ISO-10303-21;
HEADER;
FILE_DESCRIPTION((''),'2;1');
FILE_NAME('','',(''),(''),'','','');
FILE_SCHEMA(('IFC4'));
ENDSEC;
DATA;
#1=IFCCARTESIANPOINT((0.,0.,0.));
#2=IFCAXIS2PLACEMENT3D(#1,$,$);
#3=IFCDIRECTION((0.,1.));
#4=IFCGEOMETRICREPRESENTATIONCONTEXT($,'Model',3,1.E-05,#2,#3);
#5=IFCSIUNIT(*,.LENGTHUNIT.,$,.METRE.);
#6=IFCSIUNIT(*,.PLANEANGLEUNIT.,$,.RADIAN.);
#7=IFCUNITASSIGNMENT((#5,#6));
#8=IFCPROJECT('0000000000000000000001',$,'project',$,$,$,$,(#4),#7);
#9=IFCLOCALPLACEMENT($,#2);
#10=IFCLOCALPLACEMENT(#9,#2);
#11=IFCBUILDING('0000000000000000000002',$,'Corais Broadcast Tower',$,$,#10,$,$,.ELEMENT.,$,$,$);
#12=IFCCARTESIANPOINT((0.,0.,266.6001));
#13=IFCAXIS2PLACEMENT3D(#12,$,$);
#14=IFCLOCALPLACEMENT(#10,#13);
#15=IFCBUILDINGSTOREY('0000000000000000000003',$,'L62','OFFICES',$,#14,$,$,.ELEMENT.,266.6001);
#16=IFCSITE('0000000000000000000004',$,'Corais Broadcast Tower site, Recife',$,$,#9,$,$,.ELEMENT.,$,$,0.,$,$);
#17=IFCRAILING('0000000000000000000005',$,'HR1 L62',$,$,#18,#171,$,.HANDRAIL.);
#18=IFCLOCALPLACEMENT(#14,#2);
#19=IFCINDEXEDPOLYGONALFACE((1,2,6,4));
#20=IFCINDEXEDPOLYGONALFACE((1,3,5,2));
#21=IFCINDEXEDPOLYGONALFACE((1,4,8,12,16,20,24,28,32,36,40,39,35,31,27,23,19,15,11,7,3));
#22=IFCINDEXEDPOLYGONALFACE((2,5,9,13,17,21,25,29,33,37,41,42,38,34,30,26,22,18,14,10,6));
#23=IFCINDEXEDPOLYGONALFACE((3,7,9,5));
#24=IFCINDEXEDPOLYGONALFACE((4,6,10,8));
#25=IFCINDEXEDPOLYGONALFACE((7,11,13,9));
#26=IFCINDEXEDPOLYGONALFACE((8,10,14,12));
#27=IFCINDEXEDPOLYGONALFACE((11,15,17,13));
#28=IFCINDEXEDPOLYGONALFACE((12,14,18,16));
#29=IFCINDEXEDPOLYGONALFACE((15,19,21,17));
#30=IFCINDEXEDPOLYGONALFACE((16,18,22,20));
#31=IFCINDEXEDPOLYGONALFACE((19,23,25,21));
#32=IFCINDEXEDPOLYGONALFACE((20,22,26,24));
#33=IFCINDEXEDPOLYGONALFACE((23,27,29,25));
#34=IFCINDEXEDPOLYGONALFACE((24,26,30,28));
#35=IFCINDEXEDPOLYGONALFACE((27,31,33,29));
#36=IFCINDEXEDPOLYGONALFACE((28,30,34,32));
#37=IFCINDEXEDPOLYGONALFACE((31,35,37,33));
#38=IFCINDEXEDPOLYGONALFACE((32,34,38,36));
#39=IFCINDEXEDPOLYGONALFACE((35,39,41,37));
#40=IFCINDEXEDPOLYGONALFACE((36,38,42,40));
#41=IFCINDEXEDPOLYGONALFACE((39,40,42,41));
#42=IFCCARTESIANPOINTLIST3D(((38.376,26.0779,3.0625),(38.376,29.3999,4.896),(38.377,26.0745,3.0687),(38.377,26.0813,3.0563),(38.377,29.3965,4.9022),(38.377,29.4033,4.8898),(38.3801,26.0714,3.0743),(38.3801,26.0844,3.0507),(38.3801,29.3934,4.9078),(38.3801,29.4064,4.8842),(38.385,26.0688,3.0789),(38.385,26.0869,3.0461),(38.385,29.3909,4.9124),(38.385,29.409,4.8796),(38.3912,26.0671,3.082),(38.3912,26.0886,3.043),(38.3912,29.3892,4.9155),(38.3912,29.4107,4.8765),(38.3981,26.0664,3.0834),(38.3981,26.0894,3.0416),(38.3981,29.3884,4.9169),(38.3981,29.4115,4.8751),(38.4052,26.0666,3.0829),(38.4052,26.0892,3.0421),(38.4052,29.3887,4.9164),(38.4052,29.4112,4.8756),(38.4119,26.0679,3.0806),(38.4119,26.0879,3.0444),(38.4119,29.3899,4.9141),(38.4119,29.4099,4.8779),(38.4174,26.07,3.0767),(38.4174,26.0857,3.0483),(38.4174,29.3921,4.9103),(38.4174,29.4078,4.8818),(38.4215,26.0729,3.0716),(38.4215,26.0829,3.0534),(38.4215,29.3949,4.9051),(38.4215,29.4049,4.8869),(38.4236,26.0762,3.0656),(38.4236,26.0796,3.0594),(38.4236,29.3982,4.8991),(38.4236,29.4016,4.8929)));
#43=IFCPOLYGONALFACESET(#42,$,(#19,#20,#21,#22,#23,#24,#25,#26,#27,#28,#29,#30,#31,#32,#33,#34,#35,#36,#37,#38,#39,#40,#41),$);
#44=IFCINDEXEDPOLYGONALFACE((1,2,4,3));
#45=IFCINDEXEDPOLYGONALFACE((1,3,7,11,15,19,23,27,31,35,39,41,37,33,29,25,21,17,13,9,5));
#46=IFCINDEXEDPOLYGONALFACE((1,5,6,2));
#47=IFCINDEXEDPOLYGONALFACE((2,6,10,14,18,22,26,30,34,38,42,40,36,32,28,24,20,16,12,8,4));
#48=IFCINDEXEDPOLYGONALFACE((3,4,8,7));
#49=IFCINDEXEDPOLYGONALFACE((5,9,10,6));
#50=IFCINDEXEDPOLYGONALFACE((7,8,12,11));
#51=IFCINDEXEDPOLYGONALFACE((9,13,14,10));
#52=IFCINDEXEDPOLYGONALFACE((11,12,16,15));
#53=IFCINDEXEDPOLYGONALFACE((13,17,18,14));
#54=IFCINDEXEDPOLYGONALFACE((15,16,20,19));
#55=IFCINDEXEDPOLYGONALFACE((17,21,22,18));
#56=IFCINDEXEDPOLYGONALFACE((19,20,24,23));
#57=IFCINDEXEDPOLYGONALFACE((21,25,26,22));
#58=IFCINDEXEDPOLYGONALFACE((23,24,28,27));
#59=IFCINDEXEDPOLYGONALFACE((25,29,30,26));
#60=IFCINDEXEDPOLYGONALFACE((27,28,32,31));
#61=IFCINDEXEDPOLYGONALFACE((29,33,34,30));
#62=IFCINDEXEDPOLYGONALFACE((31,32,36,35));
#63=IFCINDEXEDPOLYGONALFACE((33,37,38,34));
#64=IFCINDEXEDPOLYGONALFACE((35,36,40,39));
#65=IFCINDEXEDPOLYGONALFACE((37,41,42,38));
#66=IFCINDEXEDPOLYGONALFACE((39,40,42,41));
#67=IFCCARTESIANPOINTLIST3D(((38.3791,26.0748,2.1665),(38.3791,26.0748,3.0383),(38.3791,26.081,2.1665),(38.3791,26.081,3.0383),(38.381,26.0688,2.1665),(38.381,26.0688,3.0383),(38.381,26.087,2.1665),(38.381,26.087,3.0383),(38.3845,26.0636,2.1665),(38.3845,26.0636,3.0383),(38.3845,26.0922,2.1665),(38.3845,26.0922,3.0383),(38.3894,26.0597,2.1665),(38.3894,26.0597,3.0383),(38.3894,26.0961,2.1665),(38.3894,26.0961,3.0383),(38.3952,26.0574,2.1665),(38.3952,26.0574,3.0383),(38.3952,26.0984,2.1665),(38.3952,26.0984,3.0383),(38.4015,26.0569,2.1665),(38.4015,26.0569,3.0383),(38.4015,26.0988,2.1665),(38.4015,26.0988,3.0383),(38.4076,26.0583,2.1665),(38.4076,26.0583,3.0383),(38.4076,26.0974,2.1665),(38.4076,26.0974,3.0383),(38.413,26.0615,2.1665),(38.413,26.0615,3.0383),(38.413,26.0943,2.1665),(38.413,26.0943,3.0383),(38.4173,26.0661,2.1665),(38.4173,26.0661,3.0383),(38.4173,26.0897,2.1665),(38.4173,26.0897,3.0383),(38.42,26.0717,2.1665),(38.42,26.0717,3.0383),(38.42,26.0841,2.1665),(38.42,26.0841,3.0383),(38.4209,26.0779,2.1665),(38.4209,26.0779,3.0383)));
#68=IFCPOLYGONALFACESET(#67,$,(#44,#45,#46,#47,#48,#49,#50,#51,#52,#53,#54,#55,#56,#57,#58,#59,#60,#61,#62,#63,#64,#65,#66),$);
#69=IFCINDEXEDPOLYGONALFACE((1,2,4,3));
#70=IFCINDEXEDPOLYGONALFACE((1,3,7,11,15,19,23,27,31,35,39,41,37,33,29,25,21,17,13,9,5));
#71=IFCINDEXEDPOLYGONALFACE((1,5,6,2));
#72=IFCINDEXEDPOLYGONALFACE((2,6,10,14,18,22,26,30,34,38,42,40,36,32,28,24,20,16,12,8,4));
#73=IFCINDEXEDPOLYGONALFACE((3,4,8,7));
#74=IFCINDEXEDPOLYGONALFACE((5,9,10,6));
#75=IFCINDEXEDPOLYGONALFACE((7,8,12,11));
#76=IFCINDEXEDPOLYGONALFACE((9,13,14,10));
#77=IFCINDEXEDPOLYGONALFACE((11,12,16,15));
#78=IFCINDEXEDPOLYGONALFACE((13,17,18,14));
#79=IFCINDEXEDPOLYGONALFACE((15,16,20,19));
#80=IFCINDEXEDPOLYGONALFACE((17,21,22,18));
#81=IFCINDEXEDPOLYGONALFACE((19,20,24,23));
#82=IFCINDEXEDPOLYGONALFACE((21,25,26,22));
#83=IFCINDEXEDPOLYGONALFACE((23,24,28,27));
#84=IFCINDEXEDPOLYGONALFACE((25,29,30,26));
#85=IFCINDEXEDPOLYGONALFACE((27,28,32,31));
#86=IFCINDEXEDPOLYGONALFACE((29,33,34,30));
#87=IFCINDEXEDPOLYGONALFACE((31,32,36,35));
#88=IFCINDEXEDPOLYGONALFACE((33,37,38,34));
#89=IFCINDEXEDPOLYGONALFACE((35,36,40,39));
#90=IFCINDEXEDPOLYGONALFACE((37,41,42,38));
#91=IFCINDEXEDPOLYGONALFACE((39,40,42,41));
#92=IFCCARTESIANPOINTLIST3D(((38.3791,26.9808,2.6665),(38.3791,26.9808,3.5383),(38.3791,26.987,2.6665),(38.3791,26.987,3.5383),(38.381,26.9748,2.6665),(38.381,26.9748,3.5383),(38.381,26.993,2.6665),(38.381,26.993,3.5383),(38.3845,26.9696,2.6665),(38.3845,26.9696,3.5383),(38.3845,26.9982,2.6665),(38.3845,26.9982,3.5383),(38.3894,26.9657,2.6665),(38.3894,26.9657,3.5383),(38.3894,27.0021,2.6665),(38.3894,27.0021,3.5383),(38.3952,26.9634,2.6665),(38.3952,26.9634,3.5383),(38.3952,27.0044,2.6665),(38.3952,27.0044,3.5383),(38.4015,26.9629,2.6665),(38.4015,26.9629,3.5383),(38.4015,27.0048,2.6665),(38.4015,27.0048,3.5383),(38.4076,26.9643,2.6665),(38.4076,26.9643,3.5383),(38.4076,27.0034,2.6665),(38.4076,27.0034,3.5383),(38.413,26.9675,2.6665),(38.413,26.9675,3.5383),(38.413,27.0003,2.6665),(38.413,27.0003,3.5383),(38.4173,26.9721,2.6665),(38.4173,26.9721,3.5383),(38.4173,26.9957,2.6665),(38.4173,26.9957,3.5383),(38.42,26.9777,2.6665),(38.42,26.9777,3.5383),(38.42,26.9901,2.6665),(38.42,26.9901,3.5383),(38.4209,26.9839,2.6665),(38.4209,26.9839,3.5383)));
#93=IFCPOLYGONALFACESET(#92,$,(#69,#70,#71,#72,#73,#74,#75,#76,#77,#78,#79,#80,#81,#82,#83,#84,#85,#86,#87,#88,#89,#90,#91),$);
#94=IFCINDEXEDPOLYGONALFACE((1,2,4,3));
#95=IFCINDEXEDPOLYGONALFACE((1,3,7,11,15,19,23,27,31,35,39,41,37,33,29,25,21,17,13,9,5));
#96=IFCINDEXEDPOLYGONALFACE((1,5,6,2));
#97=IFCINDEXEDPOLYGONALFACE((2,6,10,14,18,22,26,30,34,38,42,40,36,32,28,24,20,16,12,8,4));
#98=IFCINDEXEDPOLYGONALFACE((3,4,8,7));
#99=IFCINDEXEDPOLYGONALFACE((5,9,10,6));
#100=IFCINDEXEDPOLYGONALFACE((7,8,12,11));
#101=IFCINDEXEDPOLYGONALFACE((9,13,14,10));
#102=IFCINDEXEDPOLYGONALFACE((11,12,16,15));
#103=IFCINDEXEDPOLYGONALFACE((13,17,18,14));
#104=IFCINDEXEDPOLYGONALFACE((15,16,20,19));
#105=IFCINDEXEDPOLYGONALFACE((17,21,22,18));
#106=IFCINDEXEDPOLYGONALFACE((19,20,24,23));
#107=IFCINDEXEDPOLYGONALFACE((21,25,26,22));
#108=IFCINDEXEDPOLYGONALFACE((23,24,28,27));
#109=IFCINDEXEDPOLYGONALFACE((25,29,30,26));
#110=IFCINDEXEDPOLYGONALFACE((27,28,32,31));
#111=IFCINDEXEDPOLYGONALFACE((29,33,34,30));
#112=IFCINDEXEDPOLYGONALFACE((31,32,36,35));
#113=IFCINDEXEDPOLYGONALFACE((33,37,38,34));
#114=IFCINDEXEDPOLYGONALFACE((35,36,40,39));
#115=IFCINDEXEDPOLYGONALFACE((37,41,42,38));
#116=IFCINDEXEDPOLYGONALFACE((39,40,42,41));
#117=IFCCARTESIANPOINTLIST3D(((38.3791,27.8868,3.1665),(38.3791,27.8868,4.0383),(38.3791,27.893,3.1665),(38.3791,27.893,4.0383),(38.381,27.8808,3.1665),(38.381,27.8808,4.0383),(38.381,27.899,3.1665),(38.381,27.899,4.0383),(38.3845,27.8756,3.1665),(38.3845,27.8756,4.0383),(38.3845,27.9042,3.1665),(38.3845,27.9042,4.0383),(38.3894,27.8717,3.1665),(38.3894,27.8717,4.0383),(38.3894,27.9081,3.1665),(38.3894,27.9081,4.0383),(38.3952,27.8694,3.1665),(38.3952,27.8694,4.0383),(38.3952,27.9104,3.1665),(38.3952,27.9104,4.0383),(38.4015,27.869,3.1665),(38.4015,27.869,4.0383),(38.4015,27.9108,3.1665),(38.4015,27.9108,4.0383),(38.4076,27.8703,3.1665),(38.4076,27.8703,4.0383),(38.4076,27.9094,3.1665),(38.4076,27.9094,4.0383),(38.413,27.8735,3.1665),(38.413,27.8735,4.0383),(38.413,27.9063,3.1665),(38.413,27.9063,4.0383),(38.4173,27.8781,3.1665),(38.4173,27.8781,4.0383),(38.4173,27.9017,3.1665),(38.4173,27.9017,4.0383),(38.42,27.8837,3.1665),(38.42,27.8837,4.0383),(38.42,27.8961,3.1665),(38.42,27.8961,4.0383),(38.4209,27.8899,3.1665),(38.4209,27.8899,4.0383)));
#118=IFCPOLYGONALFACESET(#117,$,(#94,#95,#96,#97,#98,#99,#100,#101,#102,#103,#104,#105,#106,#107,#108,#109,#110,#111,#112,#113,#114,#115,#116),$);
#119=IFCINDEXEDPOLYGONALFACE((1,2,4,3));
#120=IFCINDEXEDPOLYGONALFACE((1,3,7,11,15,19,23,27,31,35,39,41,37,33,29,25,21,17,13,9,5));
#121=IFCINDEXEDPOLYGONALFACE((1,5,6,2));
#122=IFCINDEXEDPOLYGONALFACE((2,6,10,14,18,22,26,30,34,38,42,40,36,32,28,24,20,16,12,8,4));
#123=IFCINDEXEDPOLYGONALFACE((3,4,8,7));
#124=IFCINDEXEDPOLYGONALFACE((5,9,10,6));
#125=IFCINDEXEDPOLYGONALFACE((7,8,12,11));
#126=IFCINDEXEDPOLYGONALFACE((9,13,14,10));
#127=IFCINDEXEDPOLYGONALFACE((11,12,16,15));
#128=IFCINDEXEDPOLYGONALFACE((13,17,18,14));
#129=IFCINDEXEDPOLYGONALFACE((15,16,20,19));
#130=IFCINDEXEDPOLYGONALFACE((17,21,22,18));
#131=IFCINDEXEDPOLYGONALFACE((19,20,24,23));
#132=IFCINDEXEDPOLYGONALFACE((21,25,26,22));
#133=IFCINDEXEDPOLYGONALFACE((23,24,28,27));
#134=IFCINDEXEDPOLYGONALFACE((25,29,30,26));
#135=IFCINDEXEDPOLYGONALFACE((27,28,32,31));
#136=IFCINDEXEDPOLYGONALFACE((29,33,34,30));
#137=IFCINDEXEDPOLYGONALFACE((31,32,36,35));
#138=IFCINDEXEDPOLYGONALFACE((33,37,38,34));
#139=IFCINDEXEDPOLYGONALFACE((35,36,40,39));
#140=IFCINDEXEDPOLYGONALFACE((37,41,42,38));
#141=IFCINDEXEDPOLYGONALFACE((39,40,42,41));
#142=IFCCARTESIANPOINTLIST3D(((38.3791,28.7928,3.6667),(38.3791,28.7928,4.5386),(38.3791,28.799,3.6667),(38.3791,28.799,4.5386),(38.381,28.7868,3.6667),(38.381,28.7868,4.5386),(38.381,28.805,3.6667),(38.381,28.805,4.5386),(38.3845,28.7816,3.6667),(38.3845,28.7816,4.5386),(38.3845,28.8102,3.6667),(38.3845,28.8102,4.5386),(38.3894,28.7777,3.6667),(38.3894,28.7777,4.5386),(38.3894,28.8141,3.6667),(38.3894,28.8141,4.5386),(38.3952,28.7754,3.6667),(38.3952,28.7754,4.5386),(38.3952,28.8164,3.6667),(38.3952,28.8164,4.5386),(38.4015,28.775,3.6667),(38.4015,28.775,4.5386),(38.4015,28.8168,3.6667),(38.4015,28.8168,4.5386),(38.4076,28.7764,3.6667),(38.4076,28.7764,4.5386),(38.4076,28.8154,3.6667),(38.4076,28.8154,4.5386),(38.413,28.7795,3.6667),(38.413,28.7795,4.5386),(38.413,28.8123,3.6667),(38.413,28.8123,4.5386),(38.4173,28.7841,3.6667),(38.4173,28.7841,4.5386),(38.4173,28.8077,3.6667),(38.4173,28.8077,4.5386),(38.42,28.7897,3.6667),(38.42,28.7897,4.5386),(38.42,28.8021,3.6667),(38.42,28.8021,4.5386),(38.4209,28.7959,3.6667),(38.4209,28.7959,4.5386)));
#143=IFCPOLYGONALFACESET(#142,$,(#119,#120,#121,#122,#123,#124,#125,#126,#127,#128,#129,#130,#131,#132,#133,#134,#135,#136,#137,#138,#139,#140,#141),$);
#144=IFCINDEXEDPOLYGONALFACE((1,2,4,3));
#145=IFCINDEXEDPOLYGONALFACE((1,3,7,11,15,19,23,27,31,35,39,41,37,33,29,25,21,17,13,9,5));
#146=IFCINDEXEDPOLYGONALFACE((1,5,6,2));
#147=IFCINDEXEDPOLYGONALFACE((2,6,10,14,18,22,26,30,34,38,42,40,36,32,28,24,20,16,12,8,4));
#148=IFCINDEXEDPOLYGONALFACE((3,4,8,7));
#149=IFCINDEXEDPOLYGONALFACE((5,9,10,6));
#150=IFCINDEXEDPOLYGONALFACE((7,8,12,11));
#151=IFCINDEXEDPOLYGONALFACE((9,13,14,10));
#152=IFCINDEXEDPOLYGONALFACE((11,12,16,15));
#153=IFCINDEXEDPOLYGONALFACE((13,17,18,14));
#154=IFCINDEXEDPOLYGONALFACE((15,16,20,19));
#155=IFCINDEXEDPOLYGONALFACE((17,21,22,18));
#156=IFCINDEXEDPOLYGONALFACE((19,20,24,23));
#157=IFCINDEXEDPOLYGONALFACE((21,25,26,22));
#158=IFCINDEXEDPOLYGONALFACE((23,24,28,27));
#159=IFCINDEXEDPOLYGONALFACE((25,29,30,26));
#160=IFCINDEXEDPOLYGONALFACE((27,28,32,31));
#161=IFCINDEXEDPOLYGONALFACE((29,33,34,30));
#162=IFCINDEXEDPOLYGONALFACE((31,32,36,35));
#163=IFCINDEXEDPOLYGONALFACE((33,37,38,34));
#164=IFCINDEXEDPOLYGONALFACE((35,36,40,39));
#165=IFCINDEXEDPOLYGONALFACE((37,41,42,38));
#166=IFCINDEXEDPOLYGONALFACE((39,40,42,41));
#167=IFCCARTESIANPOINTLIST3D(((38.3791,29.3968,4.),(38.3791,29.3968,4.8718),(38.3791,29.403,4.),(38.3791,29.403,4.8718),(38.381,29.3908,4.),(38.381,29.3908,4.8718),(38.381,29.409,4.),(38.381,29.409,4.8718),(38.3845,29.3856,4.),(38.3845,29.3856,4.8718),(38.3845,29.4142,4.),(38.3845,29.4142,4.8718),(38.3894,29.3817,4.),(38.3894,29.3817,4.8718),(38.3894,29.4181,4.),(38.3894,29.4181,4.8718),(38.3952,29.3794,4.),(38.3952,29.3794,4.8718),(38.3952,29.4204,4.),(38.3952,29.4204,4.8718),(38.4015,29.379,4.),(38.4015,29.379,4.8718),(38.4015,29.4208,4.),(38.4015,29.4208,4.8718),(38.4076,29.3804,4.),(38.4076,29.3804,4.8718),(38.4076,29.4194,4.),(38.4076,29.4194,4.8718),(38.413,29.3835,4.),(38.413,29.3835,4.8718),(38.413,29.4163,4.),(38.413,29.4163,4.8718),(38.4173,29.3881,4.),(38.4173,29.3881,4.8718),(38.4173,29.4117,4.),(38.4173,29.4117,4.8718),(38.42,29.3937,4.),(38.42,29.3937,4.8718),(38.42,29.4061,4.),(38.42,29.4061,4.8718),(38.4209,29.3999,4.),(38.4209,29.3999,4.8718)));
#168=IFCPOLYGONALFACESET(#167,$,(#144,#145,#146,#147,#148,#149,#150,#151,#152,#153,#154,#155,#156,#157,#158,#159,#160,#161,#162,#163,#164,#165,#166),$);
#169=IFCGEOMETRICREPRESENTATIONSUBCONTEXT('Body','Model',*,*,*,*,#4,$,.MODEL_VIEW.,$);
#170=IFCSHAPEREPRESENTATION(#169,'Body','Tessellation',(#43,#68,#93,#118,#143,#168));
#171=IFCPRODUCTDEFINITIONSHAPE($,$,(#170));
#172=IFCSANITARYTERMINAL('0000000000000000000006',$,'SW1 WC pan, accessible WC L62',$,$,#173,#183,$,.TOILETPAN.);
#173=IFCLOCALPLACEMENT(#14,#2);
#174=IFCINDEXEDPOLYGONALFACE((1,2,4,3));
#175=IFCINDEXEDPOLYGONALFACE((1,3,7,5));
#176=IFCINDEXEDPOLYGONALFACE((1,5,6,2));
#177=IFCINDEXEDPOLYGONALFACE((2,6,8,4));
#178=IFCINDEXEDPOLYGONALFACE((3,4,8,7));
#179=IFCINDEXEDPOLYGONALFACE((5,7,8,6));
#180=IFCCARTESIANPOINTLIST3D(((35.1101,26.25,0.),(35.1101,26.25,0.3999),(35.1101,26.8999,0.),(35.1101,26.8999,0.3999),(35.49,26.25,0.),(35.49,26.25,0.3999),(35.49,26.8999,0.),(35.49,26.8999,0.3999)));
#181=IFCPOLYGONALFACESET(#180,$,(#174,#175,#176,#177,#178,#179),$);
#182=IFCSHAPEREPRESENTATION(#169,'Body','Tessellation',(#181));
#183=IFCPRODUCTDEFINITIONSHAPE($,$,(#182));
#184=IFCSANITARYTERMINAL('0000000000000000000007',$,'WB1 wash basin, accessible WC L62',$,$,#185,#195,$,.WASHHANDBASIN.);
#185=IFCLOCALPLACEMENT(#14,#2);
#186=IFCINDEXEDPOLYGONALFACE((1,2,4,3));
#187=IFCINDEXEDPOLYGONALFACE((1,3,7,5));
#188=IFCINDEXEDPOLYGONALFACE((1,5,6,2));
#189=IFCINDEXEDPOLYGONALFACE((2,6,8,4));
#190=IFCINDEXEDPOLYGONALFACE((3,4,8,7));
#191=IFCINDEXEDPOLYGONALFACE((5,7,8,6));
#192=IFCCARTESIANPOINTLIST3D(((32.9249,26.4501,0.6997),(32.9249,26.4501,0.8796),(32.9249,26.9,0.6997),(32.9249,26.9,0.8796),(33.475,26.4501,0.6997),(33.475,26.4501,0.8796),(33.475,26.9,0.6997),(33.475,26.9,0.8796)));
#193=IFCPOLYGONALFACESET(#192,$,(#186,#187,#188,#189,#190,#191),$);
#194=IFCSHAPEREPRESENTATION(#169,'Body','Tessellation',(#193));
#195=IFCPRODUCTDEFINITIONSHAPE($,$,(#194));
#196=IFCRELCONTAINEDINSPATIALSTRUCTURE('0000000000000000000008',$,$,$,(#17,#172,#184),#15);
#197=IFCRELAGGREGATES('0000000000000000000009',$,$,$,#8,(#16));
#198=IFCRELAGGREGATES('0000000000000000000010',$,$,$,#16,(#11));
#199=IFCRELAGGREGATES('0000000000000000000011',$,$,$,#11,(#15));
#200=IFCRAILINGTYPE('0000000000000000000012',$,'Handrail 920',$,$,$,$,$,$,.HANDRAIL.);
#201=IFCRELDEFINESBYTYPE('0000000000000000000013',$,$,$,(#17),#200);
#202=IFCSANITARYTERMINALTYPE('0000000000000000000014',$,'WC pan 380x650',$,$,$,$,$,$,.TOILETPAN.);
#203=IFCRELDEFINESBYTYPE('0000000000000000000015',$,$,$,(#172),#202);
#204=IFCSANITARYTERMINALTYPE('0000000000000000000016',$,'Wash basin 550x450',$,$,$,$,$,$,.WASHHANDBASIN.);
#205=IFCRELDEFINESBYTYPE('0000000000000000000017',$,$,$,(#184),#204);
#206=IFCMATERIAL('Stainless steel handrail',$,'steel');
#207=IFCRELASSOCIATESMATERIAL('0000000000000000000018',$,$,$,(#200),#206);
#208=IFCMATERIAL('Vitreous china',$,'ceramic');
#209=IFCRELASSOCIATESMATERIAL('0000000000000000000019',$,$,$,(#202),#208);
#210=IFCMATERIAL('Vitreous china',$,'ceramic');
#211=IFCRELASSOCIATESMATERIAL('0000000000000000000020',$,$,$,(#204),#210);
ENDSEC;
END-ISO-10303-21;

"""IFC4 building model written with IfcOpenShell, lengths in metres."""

from ifc_helpers import new_model, si_unit, direction, frame, origin, origin_2d, place, context, subcontext, project, spatial, rectangle, circle, extrude, material, type_object, element, save


model = new_model("IFC4")

# Units and contexts
model_context = context("Model", 3, precision=1e-05, world=origin(), true_north=direction((0.0, 1.0)))
body_context = subcontext(model_context, "Body", "Model", "MODEL_VIEW")
ifc_project = project(units=[si_unit("LENGTHUNIT", "METRE"), si_unit("PLANEANGLEUNIT", "RADIAN")], contexts=[model_context])

# Site, building, storey
site_placement = place(None, origin())
site = spatial("IfcSite", under=ifc_project, at=site_placement, Name="Corais Broadcast Tower site, Recife", CompositionType="ELEMENT", RefElevation=0.0)
building_placement = place(site_placement, origin())
building = spatial("IfcBuilding", under=site, at=building_placement, Name="Corais Broadcast Tower", CompositionType="ELEMENT")
storey_placement = place(building_placement, frame((0.0, 0.0, 266.6001)))
storey = spatial("IfcBuildingStorey", under=building, at=storey_placement, Name="L62", Description="OFFICES", CompositionType="ELEMENT", Elevation=266.6001)

# Railing
ifc_material_1 = material(Name="Stainless steel handrail", Category="steel")
railing_type = type_object("IfcRailingType", Name="Handrail 920", PredefinedType="HANDRAIL", material=ifc_material_1)
for number, where, name in (
    (1, (38.3999, 26.0779, 2.1665), "HR1 L62"),
):
    element("IfcRailing", number, at=place(storey_placement, frame(where)), inside=storey, type_object=railing_type, Name=name, PredefinedType="HANDRAIL", context=body_context, shape_type="SweptSolid", body=[
        extrude(circle(Radius=0.0239, at=origin_2d()), frame((0.0, 0.0, 0.896), z_axis=(0.0, 0.875504, 0.48321), x_axis=(-1.0, 0.0, 0.0)), (0.0, 0.0, 1.0), 3.7944),
        extrude(circle(Radius=0.021, at=origin_2d()), origin(), (0.0, 0.0, 1.0), 0.8718),
        extrude(circle(Radius=0.021, at=origin_2d()), frame((0.0, 0.906, 0.5)), (0.0, 0.0, 1.0), 0.8718),
        extrude(circle(Radius=0.021, at=origin_2d()), frame((0.0, 1.812, 1.0)), (0.0, 0.0, 1.0), 0.8718),
        extrude(circle(Radius=0.021, at=origin_2d()), frame((0.0, 2.718, 1.5002)), (0.0, 0.0, 1.0), 0.8718),
        extrude(circle(Radius=0.021, at=origin_2d()), frame((0.0, 3.322, 1.8335)), (0.0, 0.0, 1.0), 0.8718),
    ])

# Sanitary terminals
ifc_material_2 = material(Name="Vitreous china", Category="ceramic")
sanitary_terminal_type_1 = type_object("IfcSanitaryTerminalType", Name="WC pan 380x650", PredefinedType="TOILETPAN", material=ifc_material_2)
sanitary_terminal_1_placement = place(storey_placement, frame((35.3, 26.575, 0.0), z_axis=(0.0, 0.0, 1.0), x_axis=(1.0, 0.0, 0.0)))
element("IfcSanitaryTerminal", 2, at=sanitary_terminal_1_placement, inside=storey, type_object=sanitary_terminal_type_1, Name="SW1 WC pan, accessible WC L62", PredefinedType="TOILETPAN", context=body_context, shape_type="SweptSolid", body=[
    extrude(rectangle(XDim=0.3799, YDim=0.6499, at=origin_2d()), origin(), (0.0, 0.0, 1.0), 0.3999),
])
ifc_material_3 = material(Name="Vitreous china", Category="ceramic")
sanitary_terminal_type_2 = type_object("IfcSanitaryTerminalType", Name="Wash basin 550x450", PredefinedType="WASHHANDBASIN", material=ifc_material_3)
sanitary_terminal_2_placement = place(storey_placement, frame((33.2, 26.675, 0.6997), z_axis=(0.0, 0.0, 1.0), x_axis=(1.0, 0.0, 0.0)))
element("IfcSanitaryTerminal", 3, at=sanitary_terminal_2_placement, inside=storey, type_object=sanitary_terminal_type_2, Name="WB1 wash basin, accessible WC L62", PredefinedType="WASHHANDBASIN", context=body_context, shape_type="SweptSolid", body=[
    extrude(rectangle(XDim=0.55, YDim=0.45, at=origin_2d()), origin(), (0.0, 0.0, 1.0), 0.1799),
])

save(model, "model.ifc")
